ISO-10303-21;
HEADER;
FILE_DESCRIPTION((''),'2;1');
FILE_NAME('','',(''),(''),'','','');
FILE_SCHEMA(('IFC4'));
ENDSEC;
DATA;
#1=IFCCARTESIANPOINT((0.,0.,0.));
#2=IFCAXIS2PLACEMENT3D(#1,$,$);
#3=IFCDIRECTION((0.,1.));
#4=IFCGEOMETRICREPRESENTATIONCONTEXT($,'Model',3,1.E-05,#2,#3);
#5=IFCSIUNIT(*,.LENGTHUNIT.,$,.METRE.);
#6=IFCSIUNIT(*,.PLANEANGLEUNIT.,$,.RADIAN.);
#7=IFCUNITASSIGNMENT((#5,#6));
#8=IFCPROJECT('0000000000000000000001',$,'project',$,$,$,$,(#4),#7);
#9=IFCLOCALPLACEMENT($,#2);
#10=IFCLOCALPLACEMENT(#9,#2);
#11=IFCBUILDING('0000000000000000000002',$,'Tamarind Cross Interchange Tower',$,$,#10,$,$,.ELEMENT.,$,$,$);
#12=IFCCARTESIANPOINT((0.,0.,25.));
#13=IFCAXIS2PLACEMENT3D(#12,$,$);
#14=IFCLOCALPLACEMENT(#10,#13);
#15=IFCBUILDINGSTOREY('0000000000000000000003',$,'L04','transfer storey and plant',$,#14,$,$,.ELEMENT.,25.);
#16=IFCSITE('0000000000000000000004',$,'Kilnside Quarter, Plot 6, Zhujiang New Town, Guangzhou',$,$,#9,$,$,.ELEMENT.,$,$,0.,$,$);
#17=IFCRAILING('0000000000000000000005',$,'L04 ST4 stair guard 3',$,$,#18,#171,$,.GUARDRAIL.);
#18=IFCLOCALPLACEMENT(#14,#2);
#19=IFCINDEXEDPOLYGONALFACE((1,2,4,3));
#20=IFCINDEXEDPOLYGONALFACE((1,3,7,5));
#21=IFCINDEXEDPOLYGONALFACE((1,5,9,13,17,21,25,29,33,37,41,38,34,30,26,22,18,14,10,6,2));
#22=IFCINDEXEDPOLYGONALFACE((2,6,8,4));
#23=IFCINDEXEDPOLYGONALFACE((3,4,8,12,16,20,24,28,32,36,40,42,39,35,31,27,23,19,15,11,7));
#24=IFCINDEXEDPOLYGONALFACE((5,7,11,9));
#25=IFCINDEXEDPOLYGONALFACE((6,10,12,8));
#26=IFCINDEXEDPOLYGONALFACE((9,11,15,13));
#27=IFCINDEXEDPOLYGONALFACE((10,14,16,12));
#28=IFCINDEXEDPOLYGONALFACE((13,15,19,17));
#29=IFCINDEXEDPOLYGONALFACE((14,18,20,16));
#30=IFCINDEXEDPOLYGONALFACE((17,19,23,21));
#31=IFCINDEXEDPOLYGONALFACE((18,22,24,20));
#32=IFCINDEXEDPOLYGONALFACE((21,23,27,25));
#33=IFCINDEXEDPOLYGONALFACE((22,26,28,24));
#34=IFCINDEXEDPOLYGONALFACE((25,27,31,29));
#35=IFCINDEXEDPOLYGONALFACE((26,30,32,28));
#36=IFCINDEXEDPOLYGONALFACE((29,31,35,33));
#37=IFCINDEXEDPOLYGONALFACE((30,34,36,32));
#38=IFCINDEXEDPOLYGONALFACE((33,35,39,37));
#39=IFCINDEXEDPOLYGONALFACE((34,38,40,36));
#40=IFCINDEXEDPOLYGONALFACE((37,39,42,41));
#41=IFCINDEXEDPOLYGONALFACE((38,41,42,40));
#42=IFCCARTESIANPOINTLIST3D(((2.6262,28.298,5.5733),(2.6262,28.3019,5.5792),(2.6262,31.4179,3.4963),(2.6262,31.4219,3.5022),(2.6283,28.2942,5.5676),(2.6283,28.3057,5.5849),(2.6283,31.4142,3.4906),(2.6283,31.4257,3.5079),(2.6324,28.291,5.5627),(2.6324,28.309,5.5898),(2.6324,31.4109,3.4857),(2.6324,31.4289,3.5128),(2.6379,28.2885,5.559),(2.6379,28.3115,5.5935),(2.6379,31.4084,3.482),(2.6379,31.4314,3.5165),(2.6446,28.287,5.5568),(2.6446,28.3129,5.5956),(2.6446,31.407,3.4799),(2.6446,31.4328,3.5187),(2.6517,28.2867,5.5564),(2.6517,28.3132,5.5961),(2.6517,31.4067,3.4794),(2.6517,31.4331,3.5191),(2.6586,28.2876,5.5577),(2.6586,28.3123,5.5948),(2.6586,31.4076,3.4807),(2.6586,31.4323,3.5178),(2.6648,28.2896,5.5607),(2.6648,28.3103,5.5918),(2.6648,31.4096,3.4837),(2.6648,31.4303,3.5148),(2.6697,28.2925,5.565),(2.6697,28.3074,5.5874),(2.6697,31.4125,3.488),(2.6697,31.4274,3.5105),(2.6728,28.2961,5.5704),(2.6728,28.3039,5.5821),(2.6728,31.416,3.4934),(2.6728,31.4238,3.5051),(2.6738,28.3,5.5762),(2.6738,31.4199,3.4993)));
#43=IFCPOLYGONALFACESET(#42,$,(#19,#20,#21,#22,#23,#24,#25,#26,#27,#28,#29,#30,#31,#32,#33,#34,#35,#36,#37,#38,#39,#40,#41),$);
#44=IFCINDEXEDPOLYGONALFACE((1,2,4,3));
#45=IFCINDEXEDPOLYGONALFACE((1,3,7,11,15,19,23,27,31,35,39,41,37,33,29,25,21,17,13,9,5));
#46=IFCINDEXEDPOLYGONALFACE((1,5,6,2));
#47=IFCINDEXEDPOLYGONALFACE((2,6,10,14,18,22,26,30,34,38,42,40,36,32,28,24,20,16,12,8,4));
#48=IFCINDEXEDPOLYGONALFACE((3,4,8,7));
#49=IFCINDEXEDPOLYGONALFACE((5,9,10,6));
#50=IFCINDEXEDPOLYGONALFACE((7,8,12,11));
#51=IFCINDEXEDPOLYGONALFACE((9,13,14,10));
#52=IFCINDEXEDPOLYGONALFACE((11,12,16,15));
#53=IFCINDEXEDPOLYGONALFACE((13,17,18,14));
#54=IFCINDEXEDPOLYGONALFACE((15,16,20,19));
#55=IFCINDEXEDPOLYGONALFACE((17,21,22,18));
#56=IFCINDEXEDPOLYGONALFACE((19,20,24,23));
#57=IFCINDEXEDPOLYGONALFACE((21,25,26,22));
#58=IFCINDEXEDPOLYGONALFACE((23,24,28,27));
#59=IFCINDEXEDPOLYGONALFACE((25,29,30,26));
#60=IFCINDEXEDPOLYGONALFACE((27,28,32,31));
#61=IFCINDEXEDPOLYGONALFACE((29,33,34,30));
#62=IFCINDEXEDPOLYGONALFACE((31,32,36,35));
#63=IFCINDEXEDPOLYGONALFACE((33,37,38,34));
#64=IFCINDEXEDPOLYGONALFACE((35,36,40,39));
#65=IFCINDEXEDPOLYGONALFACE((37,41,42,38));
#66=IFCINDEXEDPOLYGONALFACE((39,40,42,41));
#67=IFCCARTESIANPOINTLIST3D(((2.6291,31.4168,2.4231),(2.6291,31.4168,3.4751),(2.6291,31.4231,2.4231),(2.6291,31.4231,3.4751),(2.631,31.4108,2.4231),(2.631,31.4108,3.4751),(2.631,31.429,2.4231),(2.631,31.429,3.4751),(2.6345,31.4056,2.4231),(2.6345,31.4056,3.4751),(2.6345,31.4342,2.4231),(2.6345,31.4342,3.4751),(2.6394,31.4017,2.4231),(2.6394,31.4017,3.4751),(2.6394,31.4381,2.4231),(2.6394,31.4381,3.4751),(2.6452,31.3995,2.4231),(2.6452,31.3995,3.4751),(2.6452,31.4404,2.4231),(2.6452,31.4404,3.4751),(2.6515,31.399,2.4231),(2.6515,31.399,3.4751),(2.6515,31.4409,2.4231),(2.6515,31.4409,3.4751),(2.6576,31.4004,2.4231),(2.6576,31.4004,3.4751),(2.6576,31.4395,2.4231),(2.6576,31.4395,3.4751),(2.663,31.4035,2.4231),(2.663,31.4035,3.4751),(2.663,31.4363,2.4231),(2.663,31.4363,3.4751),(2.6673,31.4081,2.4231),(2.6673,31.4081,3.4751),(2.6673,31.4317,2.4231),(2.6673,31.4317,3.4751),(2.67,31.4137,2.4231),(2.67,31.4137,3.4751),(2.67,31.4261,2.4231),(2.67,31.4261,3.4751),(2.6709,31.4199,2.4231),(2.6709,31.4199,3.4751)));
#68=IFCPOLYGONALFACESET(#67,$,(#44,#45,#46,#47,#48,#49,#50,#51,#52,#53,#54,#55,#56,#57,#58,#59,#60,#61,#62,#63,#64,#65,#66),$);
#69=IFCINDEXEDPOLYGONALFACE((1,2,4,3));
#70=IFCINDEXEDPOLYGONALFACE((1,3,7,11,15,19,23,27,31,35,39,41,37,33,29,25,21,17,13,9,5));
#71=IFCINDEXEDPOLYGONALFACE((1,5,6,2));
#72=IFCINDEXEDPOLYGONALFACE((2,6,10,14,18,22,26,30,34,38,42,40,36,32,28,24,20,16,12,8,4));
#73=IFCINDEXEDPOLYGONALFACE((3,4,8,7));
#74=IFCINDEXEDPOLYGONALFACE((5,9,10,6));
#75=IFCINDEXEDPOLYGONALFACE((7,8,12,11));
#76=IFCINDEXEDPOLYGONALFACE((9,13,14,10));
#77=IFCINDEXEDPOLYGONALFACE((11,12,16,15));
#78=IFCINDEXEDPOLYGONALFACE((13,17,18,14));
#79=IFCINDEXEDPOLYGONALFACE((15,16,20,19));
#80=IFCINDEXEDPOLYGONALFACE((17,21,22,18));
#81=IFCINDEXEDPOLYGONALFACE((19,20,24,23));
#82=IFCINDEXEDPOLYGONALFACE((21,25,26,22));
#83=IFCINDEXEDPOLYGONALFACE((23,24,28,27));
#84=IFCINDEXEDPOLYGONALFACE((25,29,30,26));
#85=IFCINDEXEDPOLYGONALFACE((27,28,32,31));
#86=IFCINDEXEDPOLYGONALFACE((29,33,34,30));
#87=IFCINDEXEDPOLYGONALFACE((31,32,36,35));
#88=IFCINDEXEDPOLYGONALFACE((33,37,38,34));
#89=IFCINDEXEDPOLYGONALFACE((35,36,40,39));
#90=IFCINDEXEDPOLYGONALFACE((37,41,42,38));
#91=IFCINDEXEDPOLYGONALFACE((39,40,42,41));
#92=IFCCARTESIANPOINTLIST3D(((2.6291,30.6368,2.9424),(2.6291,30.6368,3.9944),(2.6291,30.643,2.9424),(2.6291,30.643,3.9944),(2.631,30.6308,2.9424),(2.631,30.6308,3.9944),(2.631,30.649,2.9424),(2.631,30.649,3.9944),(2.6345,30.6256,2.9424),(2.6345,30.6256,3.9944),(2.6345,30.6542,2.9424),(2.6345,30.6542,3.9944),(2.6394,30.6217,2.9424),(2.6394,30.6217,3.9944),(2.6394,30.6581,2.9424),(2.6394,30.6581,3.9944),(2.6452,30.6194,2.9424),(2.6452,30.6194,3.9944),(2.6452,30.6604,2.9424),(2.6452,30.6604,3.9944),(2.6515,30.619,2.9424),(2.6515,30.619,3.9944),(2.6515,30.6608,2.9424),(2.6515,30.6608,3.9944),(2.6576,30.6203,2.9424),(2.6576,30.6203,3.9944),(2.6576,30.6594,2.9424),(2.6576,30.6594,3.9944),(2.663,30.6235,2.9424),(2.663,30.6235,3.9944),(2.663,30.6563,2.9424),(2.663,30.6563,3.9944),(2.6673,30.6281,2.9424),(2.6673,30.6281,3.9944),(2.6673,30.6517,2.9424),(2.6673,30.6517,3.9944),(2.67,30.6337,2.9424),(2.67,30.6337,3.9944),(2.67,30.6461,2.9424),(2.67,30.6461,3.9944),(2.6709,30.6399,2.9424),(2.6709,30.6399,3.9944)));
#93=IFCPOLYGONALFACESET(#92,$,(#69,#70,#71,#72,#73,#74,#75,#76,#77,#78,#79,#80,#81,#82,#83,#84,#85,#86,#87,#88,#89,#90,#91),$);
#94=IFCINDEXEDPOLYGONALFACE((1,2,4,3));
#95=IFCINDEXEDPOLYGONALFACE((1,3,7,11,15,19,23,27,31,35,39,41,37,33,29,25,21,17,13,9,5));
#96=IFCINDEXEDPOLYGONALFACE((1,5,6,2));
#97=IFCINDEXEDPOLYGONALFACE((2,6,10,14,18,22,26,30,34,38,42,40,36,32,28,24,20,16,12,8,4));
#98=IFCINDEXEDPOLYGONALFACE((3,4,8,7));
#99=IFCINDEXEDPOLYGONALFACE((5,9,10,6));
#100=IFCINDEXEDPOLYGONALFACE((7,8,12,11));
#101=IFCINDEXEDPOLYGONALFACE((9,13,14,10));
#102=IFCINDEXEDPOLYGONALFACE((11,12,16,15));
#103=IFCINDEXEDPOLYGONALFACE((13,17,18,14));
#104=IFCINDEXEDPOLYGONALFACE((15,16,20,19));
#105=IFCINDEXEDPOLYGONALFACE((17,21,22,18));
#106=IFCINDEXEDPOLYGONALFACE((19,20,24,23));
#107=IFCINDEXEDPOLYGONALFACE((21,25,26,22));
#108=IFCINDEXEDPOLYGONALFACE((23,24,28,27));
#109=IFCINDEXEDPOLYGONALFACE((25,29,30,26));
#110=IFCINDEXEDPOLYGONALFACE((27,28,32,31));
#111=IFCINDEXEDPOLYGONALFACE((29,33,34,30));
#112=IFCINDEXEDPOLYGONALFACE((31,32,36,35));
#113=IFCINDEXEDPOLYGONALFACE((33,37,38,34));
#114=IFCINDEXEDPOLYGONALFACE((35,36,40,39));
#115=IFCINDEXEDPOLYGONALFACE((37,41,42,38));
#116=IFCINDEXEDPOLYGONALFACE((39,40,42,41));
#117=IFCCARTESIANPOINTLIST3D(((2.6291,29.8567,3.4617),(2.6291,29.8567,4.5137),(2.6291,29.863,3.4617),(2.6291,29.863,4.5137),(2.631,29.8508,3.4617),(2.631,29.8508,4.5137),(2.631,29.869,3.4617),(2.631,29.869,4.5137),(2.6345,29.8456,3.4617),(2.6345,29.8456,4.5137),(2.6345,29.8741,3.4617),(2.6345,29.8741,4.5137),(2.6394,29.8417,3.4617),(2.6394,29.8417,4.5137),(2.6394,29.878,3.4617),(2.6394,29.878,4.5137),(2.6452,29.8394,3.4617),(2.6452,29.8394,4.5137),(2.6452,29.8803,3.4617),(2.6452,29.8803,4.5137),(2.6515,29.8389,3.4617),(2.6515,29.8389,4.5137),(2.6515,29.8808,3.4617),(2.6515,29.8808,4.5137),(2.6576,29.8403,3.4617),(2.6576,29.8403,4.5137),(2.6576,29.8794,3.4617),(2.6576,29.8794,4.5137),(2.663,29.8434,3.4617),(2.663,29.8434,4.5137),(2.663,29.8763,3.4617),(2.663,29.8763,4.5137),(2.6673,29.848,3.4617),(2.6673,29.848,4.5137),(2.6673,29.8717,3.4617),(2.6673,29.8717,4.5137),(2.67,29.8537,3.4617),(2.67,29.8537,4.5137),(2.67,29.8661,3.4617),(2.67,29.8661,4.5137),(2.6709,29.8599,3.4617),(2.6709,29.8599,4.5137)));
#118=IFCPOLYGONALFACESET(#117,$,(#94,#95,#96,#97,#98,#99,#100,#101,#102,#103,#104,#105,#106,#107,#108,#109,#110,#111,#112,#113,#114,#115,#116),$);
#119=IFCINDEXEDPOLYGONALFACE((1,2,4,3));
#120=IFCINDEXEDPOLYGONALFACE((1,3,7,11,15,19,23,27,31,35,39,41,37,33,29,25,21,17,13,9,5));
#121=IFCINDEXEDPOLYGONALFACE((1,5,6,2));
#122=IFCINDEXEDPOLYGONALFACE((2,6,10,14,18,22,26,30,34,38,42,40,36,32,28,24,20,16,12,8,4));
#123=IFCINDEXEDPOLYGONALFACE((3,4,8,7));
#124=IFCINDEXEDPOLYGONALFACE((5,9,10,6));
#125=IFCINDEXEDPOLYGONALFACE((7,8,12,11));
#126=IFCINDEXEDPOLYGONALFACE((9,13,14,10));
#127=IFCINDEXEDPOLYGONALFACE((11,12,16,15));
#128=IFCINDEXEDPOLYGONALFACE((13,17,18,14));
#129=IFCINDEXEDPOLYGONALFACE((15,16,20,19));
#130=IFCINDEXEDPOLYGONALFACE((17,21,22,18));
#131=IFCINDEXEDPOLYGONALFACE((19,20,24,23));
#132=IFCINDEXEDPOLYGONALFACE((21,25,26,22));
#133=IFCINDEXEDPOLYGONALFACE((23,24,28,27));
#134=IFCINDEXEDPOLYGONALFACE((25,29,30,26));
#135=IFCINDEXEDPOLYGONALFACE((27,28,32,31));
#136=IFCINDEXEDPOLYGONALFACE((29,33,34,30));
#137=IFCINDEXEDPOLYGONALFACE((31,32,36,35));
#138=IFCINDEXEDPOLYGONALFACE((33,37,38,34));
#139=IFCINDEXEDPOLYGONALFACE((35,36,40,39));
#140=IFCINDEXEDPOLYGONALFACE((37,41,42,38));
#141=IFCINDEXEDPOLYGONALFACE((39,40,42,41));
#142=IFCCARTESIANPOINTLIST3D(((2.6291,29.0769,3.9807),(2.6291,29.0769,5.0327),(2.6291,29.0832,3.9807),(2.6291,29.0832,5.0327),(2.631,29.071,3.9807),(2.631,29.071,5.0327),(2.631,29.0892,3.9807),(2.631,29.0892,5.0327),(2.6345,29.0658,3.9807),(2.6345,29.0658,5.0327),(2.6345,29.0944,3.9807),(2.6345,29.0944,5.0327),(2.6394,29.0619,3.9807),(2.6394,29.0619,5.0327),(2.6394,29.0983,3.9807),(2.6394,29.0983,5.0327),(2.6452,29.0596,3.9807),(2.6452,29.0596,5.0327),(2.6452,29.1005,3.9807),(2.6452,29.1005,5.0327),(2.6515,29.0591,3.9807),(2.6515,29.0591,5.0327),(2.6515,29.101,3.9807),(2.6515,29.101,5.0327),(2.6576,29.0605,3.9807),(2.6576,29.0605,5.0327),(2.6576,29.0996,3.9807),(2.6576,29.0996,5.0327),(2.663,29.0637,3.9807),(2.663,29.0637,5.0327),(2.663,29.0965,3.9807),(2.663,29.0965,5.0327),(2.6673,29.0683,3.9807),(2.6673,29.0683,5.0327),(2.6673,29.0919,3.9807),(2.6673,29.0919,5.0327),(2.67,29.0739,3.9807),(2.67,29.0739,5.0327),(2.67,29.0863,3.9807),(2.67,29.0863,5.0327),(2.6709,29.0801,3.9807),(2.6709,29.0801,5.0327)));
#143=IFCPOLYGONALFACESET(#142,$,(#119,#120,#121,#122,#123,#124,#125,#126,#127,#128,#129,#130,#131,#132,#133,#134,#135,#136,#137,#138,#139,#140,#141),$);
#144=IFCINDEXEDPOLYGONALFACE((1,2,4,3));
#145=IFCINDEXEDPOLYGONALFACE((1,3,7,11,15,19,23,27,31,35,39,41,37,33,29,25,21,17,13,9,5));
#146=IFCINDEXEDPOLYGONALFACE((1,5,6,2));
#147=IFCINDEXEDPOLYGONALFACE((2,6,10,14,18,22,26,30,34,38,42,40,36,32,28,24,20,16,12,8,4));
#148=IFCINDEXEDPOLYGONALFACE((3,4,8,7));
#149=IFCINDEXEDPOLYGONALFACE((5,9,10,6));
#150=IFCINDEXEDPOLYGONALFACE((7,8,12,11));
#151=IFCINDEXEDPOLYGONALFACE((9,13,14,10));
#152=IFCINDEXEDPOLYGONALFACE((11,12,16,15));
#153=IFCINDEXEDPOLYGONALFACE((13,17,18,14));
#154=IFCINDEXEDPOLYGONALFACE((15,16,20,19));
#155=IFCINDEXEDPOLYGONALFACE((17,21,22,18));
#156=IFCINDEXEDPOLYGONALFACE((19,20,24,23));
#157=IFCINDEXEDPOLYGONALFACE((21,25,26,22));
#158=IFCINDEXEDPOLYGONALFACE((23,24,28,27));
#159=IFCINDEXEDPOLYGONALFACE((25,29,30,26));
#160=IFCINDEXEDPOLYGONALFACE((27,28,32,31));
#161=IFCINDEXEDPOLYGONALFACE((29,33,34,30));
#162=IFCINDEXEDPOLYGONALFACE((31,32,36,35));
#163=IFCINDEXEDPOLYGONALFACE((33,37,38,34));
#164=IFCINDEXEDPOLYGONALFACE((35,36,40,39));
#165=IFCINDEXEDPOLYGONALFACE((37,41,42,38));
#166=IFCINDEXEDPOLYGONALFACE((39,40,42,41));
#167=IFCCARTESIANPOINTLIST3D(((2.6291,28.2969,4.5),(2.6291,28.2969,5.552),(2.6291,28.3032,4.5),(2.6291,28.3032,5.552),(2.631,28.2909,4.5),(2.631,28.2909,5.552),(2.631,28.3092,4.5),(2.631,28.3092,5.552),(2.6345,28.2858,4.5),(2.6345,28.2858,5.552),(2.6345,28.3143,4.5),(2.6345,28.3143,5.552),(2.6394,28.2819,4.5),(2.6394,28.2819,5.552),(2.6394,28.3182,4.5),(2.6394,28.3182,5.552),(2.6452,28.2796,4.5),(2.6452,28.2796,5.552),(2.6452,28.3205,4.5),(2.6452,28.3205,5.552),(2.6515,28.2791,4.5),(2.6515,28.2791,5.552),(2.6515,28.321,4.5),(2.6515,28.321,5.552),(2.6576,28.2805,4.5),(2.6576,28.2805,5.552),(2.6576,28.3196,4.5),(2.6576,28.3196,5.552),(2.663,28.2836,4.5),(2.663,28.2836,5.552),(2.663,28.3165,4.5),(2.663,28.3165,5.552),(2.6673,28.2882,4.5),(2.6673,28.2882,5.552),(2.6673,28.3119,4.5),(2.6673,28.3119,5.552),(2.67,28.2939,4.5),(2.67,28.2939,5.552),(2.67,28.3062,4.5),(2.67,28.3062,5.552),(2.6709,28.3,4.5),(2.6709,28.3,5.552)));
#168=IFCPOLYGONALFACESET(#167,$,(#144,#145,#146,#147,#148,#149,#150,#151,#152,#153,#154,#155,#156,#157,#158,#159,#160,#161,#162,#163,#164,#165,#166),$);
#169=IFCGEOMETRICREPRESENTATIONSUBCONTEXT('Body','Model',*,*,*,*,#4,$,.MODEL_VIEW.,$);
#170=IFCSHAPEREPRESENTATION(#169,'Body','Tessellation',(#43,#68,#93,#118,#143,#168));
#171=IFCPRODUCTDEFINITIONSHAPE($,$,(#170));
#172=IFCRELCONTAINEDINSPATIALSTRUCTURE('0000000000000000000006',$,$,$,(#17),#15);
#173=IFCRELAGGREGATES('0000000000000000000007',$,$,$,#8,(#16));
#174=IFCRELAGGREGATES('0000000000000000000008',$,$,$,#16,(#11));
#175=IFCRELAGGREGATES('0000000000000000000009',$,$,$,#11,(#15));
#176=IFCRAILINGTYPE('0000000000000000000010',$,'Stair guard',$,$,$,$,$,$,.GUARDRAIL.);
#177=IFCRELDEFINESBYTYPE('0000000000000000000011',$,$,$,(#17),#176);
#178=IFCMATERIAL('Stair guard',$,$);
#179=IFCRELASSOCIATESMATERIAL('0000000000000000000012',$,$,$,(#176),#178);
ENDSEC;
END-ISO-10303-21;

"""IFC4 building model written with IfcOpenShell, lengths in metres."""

from ifc_helpers import new_model, si_unit, direction, frame, origin, origin_2d, place, context, subcontext, project, spatial, circle, extrude, material, type_object, element, save


model = new_model("IFC4")

# Units and contexts
model_context = context("Model", 3, precision=1e-05, world=origin(), true_north=direction((0.0, 1.0)))
body_context = subcontext(model_context, "Body", "Model", "MODEL_VIEW")
ifc_project = project(units=[si_unit("LENGTHUNIT", "METRE"), si_unit("PLANEANGLEUNIT", "RADIAN")], contexts=[model_context])

# Site, building, storey
site_placement = place(None, origin())
site = spatial("IfcSite", under=ifc_project, at=site_placement, Name="Kilnside Quarter, Plot 6, Zhujiang New Town, Guangzhou", CompositionType="ELEMENT", RefElevation=0.0)
building_placement = place(site_placement, origin())
building = spatial("IfcBuilding", under=site, at=building_placement, Name="Tamarind Cross Interchange Tower", CompositionType="ELEMENT")
storey_placement = place(building_placement, frame((0.0, 0.0, 25.0)))
storey = spatial("IfcBuildingStorey", under=building, at=storey_placement, Name="L04", Description="transfer storey and plant", CompositionType="ELEMENT", Elevation=25.0)

# Railing
ifc_material_1 = material(Name="Stair guard")
railing_type_1 = type_object("IfcRailingType", Name="Stair guard", PredefinedType="GUARDRAIL", material=ifc_material_1)
railing_1_placement = place(storey_placement, frame((2.6499, 31.4199, 2.4231)))
element("IfcRailing", 1, at=railing_1_placement, inside=storey, type_object=railing_type_1, Name="L04 ST4 stair guard 3", PredefinedType="GUARDRAIL", context=body_context, shape_type="SweptSolid", body=[
    extrude(circle(Radius=0.0239, at=origin_2d()), frame((0.0, 0.0, 1.0762), z_axis=(0.0, -0.832421, 0.554144), x_axis=(1.0, 0.0, 0.0)), (0.0, 0.0, 1.0), 3.748),
    extrude(circle(Radius=0.021, at=origin_2d()), origin(), (0.0, 0.0, 1.0), 1.052),
    extrude(circle(Radius=0.021, at=origin_2d()), frame((0.0, -0.78, 0.5193)), (0.0, 0.0, 1.0), 1.052),
    extrude(circle(Radius=0.021, at=origin_2d()), frame((0.0, -1.5601, 1.0386)), (0.0, 0.0, 1.0), 1.052),
    extrude(circle(Radius=0.021, at=origin_2d()), frame((0.0, -2.3398, 1.5576)), (0.0, 0.0, 1.0), 1.052),
    extrude(circle(Radius=0.021, at=origin_2d()), frame((0.0, -3.1199, 2.0769)), (0.0, 0.0, 1.0), 1.052),
])

save(model, "model.ifc")
